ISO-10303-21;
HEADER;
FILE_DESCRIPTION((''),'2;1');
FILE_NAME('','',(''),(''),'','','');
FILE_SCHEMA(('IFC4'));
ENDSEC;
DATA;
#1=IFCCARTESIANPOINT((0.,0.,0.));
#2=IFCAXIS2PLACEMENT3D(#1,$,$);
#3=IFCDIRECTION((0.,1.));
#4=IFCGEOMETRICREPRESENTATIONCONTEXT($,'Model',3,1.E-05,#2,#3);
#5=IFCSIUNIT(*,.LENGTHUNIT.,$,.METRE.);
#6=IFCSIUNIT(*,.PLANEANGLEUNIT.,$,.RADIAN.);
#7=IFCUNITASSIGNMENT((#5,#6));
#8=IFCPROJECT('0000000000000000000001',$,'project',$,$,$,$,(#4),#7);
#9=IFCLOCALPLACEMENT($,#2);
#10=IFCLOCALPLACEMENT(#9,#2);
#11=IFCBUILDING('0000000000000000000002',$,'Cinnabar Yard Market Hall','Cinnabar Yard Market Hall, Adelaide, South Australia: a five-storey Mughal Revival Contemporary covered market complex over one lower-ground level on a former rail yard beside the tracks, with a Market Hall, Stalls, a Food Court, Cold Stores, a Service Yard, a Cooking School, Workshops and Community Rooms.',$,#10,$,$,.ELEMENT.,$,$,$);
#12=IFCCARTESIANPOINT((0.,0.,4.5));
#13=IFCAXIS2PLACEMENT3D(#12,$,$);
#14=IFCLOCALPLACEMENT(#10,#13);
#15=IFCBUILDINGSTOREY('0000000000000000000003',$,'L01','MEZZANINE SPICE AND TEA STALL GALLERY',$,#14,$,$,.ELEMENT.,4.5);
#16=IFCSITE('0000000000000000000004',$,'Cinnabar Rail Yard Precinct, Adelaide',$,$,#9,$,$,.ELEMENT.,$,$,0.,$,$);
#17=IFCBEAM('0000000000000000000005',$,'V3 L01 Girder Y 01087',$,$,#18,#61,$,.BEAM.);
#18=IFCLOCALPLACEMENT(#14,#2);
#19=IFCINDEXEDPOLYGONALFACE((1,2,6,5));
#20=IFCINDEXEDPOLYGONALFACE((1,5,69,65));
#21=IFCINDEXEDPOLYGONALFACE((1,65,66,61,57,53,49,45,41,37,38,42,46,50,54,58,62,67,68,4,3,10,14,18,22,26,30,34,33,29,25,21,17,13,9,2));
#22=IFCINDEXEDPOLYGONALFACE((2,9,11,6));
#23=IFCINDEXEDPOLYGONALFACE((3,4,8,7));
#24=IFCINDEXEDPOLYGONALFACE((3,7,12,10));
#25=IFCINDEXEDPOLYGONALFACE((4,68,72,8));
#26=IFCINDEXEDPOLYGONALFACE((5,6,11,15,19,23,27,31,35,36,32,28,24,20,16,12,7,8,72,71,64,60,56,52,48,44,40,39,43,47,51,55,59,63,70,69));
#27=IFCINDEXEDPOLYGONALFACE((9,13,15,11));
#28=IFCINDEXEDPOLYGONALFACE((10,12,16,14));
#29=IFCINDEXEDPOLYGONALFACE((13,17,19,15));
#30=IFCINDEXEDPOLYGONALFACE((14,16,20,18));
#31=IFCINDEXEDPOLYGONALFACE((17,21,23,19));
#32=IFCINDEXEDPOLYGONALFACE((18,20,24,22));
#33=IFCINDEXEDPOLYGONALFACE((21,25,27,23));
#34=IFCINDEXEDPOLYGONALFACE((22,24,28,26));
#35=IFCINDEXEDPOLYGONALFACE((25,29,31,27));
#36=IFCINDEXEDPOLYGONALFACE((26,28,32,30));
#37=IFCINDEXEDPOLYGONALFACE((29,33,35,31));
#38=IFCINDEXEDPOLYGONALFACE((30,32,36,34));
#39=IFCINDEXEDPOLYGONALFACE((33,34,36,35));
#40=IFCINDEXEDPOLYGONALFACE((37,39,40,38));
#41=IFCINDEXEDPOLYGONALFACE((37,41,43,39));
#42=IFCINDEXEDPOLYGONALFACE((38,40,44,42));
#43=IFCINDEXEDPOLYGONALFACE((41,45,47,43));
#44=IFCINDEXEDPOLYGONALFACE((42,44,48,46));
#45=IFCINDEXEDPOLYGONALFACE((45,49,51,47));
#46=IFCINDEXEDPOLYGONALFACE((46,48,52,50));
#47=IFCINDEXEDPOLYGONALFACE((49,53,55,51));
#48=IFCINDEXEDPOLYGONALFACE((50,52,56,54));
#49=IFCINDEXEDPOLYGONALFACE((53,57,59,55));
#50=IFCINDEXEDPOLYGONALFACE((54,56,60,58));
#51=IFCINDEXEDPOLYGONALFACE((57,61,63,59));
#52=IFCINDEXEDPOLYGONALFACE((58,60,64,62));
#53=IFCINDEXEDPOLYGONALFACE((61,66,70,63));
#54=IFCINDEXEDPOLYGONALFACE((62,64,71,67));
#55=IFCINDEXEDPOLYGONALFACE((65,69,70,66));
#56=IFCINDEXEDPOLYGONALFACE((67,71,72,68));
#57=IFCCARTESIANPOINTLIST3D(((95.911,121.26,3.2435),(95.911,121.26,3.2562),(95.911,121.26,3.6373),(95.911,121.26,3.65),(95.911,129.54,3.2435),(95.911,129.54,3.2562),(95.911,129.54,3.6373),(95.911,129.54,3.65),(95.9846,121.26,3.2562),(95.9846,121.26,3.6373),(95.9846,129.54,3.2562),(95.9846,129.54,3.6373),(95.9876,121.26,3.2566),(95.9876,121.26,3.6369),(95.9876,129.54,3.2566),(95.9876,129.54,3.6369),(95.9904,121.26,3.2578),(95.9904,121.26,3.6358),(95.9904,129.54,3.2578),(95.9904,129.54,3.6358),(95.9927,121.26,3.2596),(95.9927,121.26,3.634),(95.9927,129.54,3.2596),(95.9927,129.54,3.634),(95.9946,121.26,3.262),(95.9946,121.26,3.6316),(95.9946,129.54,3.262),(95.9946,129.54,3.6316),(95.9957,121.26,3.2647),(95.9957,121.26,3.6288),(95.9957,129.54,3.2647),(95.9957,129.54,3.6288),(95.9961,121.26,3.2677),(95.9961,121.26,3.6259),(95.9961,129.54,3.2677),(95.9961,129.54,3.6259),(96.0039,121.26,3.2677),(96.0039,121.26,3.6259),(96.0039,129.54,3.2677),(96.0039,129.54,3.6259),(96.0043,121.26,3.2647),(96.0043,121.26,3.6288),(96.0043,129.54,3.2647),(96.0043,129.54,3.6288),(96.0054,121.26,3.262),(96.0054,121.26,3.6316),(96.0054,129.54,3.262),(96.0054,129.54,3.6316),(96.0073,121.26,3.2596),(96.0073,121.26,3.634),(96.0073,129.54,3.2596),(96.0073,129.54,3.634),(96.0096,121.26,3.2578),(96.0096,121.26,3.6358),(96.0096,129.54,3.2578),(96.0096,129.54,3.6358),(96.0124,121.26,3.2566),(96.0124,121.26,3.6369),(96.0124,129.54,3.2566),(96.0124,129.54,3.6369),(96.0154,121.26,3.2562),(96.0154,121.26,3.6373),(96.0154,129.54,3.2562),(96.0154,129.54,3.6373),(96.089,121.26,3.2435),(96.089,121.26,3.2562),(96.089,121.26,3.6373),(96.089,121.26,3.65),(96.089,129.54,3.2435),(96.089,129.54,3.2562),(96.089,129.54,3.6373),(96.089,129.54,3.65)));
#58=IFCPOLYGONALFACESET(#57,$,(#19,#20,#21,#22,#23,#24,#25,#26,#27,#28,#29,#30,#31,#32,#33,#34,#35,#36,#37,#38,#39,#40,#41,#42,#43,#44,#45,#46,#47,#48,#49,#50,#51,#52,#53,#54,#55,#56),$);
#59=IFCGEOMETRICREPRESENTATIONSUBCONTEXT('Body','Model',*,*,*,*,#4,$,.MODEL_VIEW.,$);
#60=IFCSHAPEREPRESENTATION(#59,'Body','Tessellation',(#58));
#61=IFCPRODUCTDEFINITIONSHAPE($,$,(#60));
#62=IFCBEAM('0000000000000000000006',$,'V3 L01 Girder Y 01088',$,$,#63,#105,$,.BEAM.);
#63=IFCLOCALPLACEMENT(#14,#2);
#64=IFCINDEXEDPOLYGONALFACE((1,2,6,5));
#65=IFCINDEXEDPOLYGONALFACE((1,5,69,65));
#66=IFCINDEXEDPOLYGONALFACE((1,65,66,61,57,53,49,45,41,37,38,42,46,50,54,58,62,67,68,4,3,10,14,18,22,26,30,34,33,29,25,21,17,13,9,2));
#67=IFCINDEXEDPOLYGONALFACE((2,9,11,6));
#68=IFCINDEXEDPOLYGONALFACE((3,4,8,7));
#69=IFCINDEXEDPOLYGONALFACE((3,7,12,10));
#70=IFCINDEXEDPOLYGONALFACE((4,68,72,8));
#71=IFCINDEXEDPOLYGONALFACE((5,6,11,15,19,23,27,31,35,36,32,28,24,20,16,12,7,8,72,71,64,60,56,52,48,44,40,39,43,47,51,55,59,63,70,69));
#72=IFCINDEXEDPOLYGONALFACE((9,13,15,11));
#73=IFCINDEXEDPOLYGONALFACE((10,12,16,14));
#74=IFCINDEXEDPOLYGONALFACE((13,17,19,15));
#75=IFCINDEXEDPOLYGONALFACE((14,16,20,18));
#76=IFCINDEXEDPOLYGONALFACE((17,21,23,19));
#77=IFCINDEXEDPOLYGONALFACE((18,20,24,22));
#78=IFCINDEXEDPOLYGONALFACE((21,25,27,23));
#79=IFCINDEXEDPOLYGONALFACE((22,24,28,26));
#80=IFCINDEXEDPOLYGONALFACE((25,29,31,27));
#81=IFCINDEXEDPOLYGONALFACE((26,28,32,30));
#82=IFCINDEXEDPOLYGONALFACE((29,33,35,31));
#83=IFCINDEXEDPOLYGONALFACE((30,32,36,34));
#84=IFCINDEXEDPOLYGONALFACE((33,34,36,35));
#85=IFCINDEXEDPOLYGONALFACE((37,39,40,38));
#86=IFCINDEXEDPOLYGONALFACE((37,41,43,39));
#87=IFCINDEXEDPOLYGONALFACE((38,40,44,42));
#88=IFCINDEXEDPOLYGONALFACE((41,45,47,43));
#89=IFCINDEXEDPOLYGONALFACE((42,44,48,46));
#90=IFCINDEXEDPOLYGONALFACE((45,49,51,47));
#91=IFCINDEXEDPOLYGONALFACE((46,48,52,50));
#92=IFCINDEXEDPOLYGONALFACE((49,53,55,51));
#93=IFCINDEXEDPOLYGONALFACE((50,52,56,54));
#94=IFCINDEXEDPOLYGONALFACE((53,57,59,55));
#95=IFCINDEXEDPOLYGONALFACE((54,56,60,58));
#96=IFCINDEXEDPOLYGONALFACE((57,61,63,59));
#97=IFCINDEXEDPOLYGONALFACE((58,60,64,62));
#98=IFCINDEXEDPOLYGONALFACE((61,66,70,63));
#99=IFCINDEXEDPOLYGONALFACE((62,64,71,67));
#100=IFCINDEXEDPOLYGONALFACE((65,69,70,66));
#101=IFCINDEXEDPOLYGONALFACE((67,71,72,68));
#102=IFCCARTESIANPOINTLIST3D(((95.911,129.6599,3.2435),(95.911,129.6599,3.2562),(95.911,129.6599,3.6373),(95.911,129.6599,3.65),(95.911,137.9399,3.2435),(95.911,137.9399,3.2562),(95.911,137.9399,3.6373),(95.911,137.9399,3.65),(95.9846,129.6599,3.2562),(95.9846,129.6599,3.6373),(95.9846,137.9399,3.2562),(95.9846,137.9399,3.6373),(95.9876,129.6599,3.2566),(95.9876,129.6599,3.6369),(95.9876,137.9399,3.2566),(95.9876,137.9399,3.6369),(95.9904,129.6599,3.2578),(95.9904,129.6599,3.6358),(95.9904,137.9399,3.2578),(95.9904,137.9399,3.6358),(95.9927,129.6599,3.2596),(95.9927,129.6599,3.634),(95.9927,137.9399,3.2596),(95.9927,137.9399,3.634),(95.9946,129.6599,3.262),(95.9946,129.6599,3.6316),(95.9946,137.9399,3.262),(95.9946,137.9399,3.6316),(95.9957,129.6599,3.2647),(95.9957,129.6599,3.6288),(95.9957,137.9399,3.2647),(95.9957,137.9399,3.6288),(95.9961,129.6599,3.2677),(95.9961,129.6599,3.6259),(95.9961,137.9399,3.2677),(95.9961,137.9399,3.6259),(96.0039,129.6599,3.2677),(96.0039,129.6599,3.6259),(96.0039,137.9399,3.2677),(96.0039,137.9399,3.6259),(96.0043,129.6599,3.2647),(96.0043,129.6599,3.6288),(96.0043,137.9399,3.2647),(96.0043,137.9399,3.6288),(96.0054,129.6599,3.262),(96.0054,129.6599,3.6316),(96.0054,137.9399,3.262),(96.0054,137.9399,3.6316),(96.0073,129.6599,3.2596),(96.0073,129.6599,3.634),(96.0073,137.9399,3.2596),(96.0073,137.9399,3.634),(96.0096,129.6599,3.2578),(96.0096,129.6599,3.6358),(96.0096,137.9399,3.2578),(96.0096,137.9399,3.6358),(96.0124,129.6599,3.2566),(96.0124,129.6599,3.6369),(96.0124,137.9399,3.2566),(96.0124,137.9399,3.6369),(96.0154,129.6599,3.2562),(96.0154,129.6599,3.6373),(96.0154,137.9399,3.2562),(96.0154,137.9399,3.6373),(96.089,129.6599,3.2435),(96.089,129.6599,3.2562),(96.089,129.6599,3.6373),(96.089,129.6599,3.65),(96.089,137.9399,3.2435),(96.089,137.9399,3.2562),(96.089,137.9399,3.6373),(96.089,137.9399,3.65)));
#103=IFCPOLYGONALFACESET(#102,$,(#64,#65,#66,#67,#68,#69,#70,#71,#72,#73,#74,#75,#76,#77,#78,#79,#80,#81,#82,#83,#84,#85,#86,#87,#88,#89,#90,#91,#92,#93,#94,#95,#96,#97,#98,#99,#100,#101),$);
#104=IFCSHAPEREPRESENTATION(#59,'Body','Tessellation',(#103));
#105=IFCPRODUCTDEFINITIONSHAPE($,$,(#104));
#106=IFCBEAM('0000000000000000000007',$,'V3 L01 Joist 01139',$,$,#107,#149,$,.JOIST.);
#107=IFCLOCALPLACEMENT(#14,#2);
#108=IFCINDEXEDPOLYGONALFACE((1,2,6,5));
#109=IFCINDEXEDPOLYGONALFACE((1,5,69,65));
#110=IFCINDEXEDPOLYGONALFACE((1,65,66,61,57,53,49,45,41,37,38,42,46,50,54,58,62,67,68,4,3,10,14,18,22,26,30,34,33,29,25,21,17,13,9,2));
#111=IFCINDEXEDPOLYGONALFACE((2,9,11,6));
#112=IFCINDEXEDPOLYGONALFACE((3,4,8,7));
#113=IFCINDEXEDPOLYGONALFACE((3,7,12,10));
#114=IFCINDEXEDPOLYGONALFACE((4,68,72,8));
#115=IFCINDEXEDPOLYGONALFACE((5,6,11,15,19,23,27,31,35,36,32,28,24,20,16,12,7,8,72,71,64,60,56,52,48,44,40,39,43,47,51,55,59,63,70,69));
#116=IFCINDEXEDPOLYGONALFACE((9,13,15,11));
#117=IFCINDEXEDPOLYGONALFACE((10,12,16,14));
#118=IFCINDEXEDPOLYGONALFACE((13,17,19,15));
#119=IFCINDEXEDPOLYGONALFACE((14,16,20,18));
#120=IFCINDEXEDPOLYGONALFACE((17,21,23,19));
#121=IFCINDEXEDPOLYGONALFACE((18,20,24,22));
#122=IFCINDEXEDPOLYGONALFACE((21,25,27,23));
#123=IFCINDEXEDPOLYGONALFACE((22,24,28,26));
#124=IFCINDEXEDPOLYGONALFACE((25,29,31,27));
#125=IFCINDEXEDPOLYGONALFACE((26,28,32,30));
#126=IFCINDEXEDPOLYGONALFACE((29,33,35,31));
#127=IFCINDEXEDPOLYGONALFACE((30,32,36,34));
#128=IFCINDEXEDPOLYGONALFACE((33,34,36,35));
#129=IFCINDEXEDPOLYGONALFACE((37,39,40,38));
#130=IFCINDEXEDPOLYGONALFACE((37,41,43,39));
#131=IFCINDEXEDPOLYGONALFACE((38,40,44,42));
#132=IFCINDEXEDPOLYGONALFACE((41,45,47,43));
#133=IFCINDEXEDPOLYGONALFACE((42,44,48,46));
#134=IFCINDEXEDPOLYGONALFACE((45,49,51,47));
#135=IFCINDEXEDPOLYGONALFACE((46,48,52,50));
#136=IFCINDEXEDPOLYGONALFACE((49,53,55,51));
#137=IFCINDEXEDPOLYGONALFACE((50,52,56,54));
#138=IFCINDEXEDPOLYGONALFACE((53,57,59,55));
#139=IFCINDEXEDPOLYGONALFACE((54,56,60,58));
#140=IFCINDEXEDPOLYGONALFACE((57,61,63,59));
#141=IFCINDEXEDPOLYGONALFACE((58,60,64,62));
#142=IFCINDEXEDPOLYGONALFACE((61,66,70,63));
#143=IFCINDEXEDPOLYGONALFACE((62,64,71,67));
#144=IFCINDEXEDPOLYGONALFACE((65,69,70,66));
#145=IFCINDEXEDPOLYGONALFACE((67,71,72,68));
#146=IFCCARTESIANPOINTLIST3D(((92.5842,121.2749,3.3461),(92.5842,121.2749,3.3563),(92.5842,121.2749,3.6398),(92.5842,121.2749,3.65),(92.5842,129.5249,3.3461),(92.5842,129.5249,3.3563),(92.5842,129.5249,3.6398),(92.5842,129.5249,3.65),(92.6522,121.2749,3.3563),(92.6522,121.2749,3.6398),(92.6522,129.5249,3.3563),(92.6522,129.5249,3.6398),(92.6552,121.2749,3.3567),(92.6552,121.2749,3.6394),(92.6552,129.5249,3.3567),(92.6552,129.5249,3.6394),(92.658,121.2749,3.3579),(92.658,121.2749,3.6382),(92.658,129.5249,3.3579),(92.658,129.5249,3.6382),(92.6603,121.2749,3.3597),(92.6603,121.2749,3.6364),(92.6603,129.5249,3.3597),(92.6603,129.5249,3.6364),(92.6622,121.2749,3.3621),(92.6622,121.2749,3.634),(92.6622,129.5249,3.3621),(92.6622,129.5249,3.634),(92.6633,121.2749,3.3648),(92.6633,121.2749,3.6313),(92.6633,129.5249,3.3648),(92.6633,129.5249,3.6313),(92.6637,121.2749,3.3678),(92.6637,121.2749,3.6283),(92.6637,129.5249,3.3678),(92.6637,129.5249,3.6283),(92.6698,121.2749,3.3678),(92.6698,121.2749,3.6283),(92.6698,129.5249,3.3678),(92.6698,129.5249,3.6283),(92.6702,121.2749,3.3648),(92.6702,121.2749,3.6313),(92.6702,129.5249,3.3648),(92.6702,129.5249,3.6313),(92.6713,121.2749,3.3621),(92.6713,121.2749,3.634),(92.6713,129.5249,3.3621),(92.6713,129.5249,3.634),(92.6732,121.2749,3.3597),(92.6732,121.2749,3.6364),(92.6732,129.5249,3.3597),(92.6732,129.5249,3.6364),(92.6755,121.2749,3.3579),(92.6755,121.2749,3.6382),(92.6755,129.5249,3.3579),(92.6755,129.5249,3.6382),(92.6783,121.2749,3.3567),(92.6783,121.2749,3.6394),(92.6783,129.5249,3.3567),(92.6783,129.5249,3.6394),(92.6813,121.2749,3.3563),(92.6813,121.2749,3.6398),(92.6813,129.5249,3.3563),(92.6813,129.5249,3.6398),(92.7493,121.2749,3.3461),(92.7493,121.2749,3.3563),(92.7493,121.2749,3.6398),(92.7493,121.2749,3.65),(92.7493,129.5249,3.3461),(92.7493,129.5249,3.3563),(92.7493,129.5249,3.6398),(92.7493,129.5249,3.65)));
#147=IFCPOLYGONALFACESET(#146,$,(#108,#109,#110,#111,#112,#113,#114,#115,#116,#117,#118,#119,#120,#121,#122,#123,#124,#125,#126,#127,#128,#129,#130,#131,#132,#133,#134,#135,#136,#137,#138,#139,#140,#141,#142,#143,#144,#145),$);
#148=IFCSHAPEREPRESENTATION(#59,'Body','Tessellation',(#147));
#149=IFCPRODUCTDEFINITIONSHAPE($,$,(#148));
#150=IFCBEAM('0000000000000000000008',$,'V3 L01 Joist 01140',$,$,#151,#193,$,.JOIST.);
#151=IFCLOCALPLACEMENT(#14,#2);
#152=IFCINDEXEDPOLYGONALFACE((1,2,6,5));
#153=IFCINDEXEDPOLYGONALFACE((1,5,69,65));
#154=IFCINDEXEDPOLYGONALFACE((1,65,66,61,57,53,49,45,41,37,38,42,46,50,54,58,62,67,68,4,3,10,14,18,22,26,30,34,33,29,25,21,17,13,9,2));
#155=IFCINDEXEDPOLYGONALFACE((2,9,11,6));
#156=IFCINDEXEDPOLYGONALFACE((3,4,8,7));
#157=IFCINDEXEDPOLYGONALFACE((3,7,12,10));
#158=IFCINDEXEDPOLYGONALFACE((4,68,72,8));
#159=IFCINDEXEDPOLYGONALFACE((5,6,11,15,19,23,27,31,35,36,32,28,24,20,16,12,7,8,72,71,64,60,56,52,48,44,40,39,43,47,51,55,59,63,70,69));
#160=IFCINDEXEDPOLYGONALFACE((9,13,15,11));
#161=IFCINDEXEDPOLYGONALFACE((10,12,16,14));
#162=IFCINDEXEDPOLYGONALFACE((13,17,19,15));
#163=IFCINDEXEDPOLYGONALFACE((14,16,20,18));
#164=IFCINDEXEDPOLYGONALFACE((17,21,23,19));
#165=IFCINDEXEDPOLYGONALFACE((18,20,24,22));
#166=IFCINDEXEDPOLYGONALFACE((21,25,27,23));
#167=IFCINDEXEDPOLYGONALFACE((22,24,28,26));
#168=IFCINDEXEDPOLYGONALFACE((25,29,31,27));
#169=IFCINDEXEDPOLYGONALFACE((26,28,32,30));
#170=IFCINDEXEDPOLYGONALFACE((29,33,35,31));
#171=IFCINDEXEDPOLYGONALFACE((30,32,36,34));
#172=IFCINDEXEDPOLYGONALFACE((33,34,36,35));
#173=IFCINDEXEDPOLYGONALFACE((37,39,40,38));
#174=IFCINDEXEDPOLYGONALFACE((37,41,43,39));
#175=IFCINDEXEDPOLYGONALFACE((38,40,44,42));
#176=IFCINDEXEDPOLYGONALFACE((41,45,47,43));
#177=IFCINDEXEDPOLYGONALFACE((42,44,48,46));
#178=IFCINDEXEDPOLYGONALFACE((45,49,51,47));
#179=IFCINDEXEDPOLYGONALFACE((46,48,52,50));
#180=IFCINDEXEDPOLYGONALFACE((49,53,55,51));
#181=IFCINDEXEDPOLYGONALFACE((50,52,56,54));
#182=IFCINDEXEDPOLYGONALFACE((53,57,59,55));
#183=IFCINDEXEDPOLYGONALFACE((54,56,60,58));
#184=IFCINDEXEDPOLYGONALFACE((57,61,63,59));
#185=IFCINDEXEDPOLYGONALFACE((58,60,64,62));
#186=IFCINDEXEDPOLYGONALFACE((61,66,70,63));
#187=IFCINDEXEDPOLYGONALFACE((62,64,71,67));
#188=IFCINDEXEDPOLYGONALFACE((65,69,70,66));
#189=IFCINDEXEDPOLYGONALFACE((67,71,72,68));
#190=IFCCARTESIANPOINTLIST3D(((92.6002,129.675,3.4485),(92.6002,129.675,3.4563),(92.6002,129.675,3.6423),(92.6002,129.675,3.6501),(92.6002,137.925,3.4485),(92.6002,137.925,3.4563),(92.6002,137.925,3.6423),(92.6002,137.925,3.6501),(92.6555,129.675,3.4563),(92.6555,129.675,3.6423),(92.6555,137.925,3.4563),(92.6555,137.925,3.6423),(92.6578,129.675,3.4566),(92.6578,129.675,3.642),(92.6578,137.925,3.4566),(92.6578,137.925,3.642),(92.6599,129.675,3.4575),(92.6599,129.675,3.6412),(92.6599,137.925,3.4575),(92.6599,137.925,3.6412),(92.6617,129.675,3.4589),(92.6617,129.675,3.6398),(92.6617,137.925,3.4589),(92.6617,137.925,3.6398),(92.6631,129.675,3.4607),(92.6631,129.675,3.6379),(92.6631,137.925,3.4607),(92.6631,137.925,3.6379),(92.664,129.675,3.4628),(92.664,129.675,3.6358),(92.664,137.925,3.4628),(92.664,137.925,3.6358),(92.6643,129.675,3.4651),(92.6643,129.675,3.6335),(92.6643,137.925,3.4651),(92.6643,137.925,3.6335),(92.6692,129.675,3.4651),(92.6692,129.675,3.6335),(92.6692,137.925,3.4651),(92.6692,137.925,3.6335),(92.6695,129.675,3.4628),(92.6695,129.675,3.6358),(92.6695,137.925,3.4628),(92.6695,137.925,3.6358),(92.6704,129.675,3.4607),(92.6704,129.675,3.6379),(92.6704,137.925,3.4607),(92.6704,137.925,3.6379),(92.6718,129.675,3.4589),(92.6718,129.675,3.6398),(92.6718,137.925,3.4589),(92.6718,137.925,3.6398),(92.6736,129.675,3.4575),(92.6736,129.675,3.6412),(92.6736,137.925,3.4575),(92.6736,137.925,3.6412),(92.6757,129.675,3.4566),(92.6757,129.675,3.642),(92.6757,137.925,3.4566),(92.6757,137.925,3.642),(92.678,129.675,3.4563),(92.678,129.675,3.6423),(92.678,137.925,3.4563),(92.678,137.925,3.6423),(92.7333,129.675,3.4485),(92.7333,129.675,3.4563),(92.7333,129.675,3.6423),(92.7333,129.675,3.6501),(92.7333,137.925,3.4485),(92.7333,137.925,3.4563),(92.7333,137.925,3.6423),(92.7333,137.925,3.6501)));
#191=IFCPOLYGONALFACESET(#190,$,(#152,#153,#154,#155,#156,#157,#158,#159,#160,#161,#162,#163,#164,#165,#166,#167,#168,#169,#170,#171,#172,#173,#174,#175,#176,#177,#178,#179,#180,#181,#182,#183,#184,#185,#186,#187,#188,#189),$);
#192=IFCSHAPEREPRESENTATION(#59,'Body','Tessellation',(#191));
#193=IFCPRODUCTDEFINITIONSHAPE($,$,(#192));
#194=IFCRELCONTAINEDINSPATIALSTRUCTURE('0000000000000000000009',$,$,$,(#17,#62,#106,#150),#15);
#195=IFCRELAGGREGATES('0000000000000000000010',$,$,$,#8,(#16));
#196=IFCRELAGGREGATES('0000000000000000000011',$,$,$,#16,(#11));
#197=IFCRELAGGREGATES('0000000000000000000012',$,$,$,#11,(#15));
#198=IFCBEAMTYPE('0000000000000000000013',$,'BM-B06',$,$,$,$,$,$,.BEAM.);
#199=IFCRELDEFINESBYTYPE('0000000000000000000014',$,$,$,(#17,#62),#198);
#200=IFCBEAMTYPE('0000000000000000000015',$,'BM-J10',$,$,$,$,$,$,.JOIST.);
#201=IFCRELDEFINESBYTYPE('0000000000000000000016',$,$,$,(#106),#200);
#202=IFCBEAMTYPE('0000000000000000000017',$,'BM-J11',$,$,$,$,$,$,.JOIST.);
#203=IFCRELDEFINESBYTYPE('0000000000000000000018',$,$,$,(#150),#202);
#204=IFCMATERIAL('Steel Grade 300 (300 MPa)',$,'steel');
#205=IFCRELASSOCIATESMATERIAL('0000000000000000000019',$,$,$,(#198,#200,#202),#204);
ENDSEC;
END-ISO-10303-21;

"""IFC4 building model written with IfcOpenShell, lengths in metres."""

from ifc_helpers import new_model, si_unit, direction, frame, origin, origin_2d_with_axis, place, context, subcontext, project, spatial, i_section, extrude, material, material_profile, profile_set, type_object, element, save


model = new_model("IFC4")

# Units and contexts
model_context = context("Model", 3, precision=1e-05, world=origin(), true_north=direction((0.0, 1.0)))
body_context = subcontext(model_context, "Body", "Model", "MODEL_VIEW")
ifc_project = project(units=[si_unit("LENGTHUNIT", "METRE"), si_unit("PLANEANGLEUNIT", "RADIAN")], contexts=[model_context])

# Site, building, storey
site_placement = place(None, origin())
site = spatial("IfcSite", under=ifc_project, at=site_placement, Name="Cinnabar Rail Yard Precinct, Adelaide", CompositionType="ELEMENT", RefElevation=0.0)
building_placement = place(site_placement, origin())
building = spatial("IfcBuilding", under=site, at=building_placement, Name="Cinnabar Yard Market Hall", Description="Cinnabar Yard Market Hall, Adelaide, South Australia: a five-storey Mughal Revival Contemporary covered market complex over one lower-ground level on a former rail yard beside the tracks, with a Market Hall, Stalls, a Food Court, Cold Stores, a Service Yard, a Cooking School, Workshops and Community Rooms.", CompositionType="ELEMENT")
storey_placement = place(building_placement, frame((0.0, 0.0, 4.5)))
storey = spatial("IfcBuildingStorey", under=building, at=storey_placement, Name="L01", Description="MEZZANINE SPICE AND TEA STALL GALLERY", CompositionType="ELEMENT", Elevation=4.5)

# Shared definitions
ifc_material_1 = material(Name="Steel Grade 300 (300 MPa)", Category="steel")

# Beams
ifc_material_profile_1 = material_profile(ifc_material_1, i_section(OverallWidth=0.178, OverallDepth=0.4065, WebThickness=0.0078, FlangeThickness=0.0127, FilletRadius=0.0115, at=origin_2d_with_axis()), Name="410UB59.7")
ifc_profile_set_1 = profile_set([ifc_material_profile_1], Name="Steel Grade 300 (300 MPa)")
beam_type_1 = type_object("IfcBeamType", Name="BM-B06", PredefinedType="BEAM", material=ifc_profile_set_1)
for number, where, z_axis, x_axis, name in (
    (1, (96.0, 121.26, 3.4468), (0.0, 1.0, 0.0), (-1.0, 0.0, 0.0), "V3 L01 Girder Y 01087"),
    (2, (96.0, 129.6599, 3.4468), (0.0, 1.0, 0.0), (-1.0, 0.0, 0.0), "V3 L01 Girder Y 01088"),
):
    element("IfcBeam", number, at=place(storey_placement, frame(where, z_axis=z_axis, x_axis=x_axis)), inside=storey, type_object=beam_type_1, Name=name, PredefinedType="BEAM", context=body_context, shape_type="SweptSolid", body=[
        extrude(i_section(OverallWidth=0.178, OverallDepth=0.4065, WebThickness=0.0078, FlangeThickness=0.0127, FilletRadius=0.0115, at=origin_2d_with_axis()), origin(), (0.0, 0.0, 1.0), 8.28),
    ])
ifc_material_profile_2 = material_profile(ifc_material_1, i_section(OverallWidth=0.165, OverallDepth=0.304, WebThickness=0.0061, FlangeThickness=0.0103, FilletRadius=0.0115, at=origin_2d_with_axis()), Name="310UB40.4")
ifc_profile_set_2 = profile_set([ifc_material_profile_2], Name="Steel Grade 300 (300 MPa)")
beam_type_2 = type_object("IfcBeamType", Name="BM-J10", PredefinedType="JOIST", material=ifc_profile_set_2)
beam_1_placement = place(storey_placement, frame((92.6667, 121.2749, 3.498), z_axis=(0.0, 1.0, 0.0), x_axis=(-1.0, 0.0, 0.0)))
element("IfcBeam", 3, at=beam_1_placement, inside=storey, type_object=beam_type_2, Name="V3 L01 Joist 01139", PredefinedType="JOIST", context=body_context, shape_type="SweptSolid", body=[
    extrude(i_section(OverallWidth=0.165, OverallDepth=0.304, WebThickness=0.0061, FlangeThickness=0.0103, FilletRadius=0.0115, at=origin_2d_with_axis()), origin(), (0.0, 0.0, 1.0), 8.25),
])
ifc_material_profile_3 = material_profile(ifc_material_1, i_section(OverallWidth=0.1331, OverallDepth=0.2017, WebThickness=0.0049, FlangeThickness=0.0078, FilletRadius=0.0088, at=origin_2d_with_axis()), Name="200UB22.3")
ifc_profile_set_3 = profile_set([ifc_material_profile_3], Name="Steel Grade 300 (300 MPa)")
beam_type_3 = type_object("IfcBeamType", Name="BM-J11", PredefinedType="JOIST", material=ifc_profile_set_3)
beam_2_placement = place(storey_placement, frame((92.6667, 129.675, 3.5493), z_axis=(0.0, 1.0, 0.0), x_axis=(-1.0, 0.0, 0.0)))
element("IfcBeam", 4, at=beam_2_placement, inside=storey, type_object=beam_type_3, Name="V3 L01 Joist 01140", PredefinedType="JOIST", context=body_context, shape_type="SweptSolid", body=[
    extrude(i_section(OverallWidth=0.1331, OverallDepth=0.2017, WebThickness=0.0049, FlangeThickness=0.0078, FilletRadius=0.0088, at=origin_2d_with_axis()), origin(), (0.0, 0.0, 1.0), 8.25),
])

save(model, "model.ifc")
